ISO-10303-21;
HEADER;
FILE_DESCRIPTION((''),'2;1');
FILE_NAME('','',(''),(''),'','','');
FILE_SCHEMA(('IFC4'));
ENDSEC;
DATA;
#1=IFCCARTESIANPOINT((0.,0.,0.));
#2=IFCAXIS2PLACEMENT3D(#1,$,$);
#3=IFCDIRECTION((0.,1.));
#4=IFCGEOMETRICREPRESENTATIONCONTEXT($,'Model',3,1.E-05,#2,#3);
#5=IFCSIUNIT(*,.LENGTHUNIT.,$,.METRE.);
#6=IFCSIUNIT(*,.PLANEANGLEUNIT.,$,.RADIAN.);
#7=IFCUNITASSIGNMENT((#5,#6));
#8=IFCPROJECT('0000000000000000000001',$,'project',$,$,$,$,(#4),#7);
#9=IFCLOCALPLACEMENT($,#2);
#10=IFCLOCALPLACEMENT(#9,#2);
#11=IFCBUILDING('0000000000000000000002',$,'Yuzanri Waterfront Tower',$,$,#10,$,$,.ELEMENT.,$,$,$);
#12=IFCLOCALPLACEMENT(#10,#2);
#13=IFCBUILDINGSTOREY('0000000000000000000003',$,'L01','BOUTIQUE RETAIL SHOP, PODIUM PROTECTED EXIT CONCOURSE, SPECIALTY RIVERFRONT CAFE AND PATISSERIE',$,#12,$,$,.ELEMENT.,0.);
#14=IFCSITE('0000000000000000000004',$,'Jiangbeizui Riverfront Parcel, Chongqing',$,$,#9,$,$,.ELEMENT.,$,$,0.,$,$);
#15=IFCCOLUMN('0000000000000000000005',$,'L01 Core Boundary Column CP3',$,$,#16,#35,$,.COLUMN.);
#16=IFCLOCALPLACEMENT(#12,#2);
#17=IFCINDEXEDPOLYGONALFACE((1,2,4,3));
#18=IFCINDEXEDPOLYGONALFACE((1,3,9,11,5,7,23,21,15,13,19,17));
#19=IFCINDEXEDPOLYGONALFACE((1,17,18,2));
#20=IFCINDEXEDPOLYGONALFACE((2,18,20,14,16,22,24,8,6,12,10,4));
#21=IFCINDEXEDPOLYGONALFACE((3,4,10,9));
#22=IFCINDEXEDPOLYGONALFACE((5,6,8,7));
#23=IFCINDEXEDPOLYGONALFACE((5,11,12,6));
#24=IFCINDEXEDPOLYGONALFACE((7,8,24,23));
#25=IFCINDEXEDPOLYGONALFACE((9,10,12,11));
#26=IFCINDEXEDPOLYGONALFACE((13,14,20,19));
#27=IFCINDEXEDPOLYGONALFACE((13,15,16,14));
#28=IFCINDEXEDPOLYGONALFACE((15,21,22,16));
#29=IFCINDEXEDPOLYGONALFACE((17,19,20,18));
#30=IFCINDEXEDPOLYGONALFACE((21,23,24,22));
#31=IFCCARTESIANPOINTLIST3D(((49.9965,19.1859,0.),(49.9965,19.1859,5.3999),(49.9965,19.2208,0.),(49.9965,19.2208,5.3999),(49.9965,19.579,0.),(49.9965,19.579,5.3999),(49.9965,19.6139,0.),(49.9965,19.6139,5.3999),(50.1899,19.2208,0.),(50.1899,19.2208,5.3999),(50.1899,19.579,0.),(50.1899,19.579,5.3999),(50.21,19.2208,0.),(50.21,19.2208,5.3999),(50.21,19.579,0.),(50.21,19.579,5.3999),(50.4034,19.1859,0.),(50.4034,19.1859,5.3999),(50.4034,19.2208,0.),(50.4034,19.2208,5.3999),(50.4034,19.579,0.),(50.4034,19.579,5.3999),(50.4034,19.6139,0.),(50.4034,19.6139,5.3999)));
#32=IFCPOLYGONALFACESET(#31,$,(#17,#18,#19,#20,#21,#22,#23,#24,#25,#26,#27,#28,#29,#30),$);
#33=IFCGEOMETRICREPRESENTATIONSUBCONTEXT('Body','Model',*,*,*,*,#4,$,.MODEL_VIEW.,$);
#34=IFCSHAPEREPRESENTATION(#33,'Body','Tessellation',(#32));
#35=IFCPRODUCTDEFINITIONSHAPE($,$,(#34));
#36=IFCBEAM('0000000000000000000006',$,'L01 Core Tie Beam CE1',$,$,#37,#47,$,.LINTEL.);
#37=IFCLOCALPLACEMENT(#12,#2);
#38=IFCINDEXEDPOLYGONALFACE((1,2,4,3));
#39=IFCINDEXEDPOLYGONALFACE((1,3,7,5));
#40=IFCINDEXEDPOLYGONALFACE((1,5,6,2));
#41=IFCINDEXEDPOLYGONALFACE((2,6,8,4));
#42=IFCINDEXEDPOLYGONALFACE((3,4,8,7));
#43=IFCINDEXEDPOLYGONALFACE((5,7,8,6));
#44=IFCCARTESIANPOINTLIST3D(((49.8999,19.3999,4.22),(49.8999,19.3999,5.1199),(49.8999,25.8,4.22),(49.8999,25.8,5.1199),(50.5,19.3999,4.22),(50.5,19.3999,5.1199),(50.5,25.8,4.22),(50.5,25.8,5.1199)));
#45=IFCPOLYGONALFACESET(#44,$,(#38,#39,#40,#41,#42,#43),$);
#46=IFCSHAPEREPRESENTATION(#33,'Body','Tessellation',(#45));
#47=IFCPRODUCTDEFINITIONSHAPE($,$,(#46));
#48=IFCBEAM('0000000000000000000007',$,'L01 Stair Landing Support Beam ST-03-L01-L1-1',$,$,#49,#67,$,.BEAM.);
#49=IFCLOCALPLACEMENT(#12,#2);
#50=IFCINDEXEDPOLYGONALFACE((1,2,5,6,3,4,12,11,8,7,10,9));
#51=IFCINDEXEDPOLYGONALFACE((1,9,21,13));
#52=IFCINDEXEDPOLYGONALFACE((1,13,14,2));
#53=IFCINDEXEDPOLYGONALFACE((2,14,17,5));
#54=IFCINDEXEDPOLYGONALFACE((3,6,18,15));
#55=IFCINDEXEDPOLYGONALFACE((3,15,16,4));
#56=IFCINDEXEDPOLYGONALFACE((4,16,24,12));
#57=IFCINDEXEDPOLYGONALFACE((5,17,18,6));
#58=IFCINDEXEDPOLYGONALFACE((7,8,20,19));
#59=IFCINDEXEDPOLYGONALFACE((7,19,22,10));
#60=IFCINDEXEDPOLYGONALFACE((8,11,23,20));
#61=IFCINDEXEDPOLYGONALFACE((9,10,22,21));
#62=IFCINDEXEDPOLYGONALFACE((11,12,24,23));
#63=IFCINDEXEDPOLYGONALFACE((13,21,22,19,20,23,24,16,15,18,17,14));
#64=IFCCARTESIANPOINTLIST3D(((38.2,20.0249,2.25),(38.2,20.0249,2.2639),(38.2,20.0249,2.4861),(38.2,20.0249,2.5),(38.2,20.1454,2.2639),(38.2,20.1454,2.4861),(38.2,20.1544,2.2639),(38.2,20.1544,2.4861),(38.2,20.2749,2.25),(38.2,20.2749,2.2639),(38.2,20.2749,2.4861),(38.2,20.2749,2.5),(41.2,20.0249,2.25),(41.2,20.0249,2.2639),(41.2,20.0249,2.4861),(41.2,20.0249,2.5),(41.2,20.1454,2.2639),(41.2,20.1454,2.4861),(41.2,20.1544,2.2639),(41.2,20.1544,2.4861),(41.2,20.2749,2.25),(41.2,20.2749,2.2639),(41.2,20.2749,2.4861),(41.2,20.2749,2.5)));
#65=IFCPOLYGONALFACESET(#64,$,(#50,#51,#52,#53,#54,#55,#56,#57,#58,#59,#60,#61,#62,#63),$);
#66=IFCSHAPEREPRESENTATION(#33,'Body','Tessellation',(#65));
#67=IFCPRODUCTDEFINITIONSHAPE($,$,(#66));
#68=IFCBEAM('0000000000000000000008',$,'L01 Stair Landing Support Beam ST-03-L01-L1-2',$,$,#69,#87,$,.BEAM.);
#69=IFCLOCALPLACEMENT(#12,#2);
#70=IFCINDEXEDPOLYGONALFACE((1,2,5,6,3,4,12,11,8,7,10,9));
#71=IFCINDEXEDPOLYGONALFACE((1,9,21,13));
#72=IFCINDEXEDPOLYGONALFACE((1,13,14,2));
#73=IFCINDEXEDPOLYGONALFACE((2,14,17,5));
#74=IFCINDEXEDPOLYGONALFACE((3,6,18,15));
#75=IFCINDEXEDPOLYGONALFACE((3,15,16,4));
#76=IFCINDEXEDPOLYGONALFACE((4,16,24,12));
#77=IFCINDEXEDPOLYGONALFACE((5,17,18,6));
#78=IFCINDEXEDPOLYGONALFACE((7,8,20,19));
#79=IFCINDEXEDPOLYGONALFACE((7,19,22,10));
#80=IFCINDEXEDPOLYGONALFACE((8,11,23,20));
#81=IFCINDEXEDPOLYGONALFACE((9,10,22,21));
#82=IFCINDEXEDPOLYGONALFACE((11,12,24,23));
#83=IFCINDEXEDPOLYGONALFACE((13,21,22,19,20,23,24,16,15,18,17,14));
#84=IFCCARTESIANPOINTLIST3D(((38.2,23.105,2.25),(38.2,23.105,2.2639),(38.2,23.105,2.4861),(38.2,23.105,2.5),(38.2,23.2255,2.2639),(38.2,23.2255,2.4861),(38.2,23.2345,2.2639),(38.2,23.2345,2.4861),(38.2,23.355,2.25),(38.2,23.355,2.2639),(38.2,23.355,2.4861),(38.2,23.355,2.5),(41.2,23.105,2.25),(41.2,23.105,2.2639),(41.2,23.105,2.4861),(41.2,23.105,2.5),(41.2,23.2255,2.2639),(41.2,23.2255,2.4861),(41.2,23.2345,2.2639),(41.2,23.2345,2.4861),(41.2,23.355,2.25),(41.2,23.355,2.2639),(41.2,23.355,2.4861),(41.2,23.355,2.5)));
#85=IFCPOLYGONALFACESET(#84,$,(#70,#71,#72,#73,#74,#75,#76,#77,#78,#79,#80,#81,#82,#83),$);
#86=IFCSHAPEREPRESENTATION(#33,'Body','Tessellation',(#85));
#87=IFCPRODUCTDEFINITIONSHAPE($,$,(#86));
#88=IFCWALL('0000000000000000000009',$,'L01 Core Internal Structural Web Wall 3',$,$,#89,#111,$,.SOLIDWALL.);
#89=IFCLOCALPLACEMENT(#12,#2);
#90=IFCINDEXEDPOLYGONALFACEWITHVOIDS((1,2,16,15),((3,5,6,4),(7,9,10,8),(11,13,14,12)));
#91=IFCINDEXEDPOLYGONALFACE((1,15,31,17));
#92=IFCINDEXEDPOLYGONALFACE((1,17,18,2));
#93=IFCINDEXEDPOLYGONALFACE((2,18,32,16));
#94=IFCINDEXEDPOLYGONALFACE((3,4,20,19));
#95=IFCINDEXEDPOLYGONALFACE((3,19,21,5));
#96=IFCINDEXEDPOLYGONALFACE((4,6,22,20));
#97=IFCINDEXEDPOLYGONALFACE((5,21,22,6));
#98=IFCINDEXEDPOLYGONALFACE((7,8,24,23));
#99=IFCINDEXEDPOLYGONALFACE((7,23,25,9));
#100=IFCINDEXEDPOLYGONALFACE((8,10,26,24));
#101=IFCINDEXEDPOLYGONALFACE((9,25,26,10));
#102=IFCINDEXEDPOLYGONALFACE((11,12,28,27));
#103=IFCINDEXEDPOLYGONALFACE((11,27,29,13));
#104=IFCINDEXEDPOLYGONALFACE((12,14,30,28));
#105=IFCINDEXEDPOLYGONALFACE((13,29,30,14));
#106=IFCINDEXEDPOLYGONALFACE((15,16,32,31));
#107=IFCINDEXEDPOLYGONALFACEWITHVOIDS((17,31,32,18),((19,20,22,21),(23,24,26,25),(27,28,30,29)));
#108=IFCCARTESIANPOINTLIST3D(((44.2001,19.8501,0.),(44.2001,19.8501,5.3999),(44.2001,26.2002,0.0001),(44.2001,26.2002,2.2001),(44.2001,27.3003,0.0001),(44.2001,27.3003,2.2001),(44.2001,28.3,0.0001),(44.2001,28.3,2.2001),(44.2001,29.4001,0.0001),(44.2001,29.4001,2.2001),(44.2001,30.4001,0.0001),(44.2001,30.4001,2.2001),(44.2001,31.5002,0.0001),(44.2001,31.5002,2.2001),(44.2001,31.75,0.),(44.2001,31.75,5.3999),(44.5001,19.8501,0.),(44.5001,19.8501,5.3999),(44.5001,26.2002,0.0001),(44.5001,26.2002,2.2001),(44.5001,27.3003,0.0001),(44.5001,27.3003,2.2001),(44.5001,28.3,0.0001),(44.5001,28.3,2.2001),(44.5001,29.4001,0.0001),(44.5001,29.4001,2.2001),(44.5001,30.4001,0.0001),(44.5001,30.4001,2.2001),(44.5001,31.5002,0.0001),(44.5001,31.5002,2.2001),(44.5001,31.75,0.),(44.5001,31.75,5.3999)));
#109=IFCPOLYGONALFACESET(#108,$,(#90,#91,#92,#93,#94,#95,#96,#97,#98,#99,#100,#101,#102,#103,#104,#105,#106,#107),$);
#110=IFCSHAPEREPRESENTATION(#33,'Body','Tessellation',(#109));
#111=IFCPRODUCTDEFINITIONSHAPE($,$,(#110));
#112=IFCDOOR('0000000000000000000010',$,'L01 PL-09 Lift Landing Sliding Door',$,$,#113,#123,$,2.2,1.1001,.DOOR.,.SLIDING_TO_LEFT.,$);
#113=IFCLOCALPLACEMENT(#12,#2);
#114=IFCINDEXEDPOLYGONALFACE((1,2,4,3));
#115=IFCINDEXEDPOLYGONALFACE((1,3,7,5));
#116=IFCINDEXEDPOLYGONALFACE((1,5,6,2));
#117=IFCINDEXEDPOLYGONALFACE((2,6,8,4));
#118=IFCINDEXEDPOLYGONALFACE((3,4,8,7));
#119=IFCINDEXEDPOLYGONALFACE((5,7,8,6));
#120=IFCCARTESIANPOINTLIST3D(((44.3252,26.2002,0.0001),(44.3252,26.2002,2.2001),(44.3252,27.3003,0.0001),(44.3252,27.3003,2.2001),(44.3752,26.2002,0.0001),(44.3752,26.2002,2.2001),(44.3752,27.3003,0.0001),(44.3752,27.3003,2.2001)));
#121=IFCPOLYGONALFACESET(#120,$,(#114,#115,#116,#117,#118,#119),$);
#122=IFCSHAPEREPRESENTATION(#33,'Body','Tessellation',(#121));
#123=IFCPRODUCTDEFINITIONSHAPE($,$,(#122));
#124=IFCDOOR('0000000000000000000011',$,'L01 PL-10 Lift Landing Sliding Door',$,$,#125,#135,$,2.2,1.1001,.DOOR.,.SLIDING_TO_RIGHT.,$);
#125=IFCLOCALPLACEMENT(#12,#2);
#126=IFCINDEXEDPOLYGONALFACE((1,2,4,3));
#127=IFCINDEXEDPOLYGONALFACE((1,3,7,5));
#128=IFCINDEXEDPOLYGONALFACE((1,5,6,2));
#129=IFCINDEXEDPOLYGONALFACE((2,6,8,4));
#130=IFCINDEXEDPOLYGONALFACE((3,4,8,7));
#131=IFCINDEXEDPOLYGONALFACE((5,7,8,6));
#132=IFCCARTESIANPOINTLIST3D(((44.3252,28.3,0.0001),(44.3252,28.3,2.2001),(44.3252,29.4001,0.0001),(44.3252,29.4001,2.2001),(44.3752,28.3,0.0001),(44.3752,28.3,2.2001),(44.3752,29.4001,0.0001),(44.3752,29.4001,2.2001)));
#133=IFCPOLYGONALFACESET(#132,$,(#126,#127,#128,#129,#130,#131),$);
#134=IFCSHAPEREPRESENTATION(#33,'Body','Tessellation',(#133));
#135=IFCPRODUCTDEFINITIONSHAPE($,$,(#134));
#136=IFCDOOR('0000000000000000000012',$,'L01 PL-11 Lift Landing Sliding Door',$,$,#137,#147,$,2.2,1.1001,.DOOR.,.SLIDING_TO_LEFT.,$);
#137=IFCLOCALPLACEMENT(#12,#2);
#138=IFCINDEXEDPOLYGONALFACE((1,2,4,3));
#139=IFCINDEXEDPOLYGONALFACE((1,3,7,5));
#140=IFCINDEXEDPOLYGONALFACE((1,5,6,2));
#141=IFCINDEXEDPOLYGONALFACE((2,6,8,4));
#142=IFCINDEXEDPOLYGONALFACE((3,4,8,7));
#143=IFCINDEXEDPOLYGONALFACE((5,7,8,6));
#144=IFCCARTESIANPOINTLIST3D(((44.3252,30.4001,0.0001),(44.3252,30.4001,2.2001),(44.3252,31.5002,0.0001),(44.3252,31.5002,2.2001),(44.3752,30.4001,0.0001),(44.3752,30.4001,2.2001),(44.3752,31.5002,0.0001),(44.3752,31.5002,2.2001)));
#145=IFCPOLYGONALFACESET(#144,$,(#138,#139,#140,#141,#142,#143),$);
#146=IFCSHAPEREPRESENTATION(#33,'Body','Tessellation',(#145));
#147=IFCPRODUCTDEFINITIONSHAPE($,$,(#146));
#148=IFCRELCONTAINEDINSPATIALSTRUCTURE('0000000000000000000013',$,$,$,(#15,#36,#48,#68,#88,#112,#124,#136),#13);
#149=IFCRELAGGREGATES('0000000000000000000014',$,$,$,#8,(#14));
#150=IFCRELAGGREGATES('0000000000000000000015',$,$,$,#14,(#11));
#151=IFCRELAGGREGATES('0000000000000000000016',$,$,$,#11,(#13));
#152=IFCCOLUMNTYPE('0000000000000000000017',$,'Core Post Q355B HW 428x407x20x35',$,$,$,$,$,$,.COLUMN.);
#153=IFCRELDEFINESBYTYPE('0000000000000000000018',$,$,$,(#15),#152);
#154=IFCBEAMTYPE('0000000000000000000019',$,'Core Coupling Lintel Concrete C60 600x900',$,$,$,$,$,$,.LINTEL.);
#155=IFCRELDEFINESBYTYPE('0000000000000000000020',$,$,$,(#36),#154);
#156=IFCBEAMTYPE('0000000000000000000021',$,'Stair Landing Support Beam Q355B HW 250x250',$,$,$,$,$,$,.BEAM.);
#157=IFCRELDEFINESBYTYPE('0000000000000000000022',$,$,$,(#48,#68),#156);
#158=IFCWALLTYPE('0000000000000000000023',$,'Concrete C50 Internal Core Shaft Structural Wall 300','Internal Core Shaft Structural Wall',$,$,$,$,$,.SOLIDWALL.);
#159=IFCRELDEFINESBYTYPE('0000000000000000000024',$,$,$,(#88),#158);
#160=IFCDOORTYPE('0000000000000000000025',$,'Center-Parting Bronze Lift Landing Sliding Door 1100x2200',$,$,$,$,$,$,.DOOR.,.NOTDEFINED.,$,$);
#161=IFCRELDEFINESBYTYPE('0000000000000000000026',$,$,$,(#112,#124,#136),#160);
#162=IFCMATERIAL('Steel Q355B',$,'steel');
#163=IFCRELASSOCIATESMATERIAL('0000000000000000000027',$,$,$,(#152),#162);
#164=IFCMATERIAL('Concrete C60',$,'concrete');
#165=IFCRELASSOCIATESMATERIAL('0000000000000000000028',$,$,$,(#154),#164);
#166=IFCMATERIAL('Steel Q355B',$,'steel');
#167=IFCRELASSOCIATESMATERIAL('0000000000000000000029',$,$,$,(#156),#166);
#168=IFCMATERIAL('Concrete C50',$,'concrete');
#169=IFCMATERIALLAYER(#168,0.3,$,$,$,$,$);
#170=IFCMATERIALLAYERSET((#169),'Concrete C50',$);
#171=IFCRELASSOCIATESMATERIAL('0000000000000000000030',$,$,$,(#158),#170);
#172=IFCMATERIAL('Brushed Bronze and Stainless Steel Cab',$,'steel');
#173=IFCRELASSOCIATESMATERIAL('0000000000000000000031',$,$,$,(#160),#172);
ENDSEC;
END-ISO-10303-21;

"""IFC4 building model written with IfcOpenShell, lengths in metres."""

from ifc_helpers import new_model, si_unit, direction, frame, frame_2d, origin, origin_2d, place, context, subcontext, project, spatial, rectangle, i_section, extrude, source, transform, mapped, material, layer, layer_set, material_profile, profile_set, type_object, element, fill, save


model = new_model("IFC4")

# Units and contexts
model_context = context("Model", 3, precision=1e-05, world=origin(), true_north=direction((0.0, 1.0)))
body_context = subcontext(model_context, "Body", "Model", "MODEL_VIEW")
ifc_project = project(units=[si_unit("LENGTHUNIT", "METRE"), si_unit("PLANEANGLEUNIT", "RADIAN")], contexts=[model_context])

# Site, building, storey
site_placement = place(None, origin())
site = spatial("IfcSite", under=ifc_project, at=site_placement, Name="Jiangbeizui Riverfront Parcel, Chongqing", CompositionType="ELEMENT", RefElevation=0.0)
building_placement = place(site_placement, origin())
building = spatial("IfcBuilding", under=site, at=building_placement, Name="Yuzanri Waterfront Tower", CompositionType="ELEMENT")
storey_placement = place(building_placement, origin())
storey = spatial("IfcBuildingStorey", under=building, at=storey_placement, Name="L01", Description="BOUTIQUE RETAIL SHOP, PODIUM PROTECTED EXIT CONCOURSE, SPECIALTY RIVERFRONT CAFE AND PATISSERIE", CompositionType="ELEMENT", Elevation=0.0)

# Column
ifc_material_1 = material(Name="Steel Q355B", Category="steel")
ifc_material_profile_1 = material_profile(ifc_material_1, i_section(OverallWidth=0.407, OverallDepth=0.428, WebThickness=0.02, FlangeThickness=0.0349, at=origin_2d()), Name="HW 428x407x20x35")
ifc_profile_set_1 = profile_set([ifc_material_profile_1], Name="Steel Q355B")
column_type = type_object("IfcColumnType", Name="Core Post Q355B HW 428x407x20x35", PredefinedType="COLUMN", material=ifc_profile_set_1)
shared_shape_1 = source(origin(), body_context, "Body", "SweptSolid", [
    extrude(i_section(OverallWidth=0.407, OverallDepth=0.428, WebThickness=0.02, FlangeThickness=0.0349, at=origin_2d()), origin(), (0.0, 0.0, 1.0), 5.3999),
])
column_placement = place(storey_placement, frame((50.2, 19.3999, 0.0), z_axis=(0.0, 0.0, 1.0), x_axis=(1.0, 0.0, 0.0)))
element("IfcColumn", 1, at=column_placement, inside=storey, type_object=column_type, Name="L01 Core Boundary Column CP3", PredefinedType="COLUMN", context=body_context, shape_type="MappedRepresentation", body=[
    mapped(shared_shape_1, transform((0.0, 0.0, 0.0), scale=1.0)),
])

# Beams
ifc_material_2 = material(Name="Concrete C60", Category="concrete")
ifc_material_profile_2 = material_profile(ifc_material_2, rectangle(XDim=0.6001, YDim=0.8999, at=origin_2d()), Name="RC 600x900")
ifc_profile_set_2 = profile_set([ifc_material_profile_2], Name="Concrete C60")
beam_type_1 = type_object("IfcBeamType", Name="Core Coupling Lintel Concrete C60 600x900", PredefinedType="LINTEL", material=ifc_profile_set_2)
shared_shape_2 = source(origin(), body_context, "Body", "SweptSolid", [
    extrude(rectangle(XDim=0.6001, YDim=0.8999, at=origin_2d()), origin(), (0.0, 0.0, 1.0), 6.4001),
])
beam_placement = place(storey_placement, frame((50.2, 19.3999, 4.6699), z_axis=(0.0, 1.0, 0.0), x_axis=(-1.0, 0.0, 0.0)))
element("IfcBeam", 2, at=beam_placement, inside=storey, type_object=beam_type_1, Name="L01 Core Tie Beam CE1", PredefinedType="LINTEL", context=body_context, shape_type="MappedRepresentation", body=[
    mapped(shared_shape_2, transform((0.0, 0.0, 0.0), scale=1.0)),
])
ifc_material_3 = material(Name="Steel Q355B", Category="steel")
ifc_material_profile_3 = material_profile(ifc_material_3, i_section(OverallWidth=0.25, OverallDepth=0.25, WebThickness=0.009, FlangeThickness=0.0139, at=origin_2d()), Name="HW 250x250x9x14")
ifc_profile_set_3 = profile_set([ifc_material_profile_3], Name="Steel Q355B")
beam_type_2 = type_object("IfcBeamType", Name="Stair Landing Support Beam Q355B HW 250x250", PredefinedType="BEAM", material=ifc_profile_set_3)
shared_shape_3 = source(origin(), body_context, "Body", "SweptSolid", [
    extrude(i_section(OverallWidth=0.25, OverallDepth=0.25, WebThickness=0.009, FlangeThickness=0.0139, at=origin_2d()), origin(), (0.0, 0.0, 1.0), 3.0),
])
for number, where, z_axis, x_axis, name in (
    (3, (38.2, 20.1499, 2.375), (1.0, 0.0, 0.0), (0.0, 1.0, 0.0), "L01 Stair Landing Support Beam ST-03-L01-L1-1"),
    (4, (38.2, 23.23, 2.375), (1.0, 0.0, 0.0), (0.0, 1.0, 0.0), "L01 Stair Landing Support Beam ST-03-L01-L1-2"),
):
    element("IfcBeam", number, at=place(storey_placement, frame(where, z_axis=z_axis, x_axis=x_axis)), inside=storey, type_object=beam_type_2, Name=name, PredefinedType="BEAM", context=body_context, shape_type="MappedRepresentation", body=[
        mapped(shared_shape_3, transform((0.0, 0.0, 0.0), scale=1.0)),
    ])

# Wall, openings, doors
ifc_material_4 = material(Name="Concrete C50", Category="concrete")
ifc_layer_1 = layer(ifc_material_4, 0.3)
ifc_layer_set_1 = layer_set([ifc_layer_1], Name="Concrete C50")
wall_type_1 = type_object("IfcWallType", Name="Concrete C50 Internal Core Shaft Structural Wall 300", Description="Internal Core Shaft Structural Wall", PredefinedType="SOLIDWALL", material=ifc_layer_set_1)
wall_1_placement = place(storey_placement, frame((44.3501, 19.8501, 0.0), z_axis=(0.0, 0.0, 1.0), x_axis=(0.0, 1.0, 0.0)))
wall_1 = element("IfcWall", 5, at=wall_1_placement, inside=storey, type_object=wall_type_1, Name="L01 Core Internal Structural Web Wall 3", PredefinedType="SOLIDWALL", context=body_context, shape_type="SweptSolid", body=[
    extrude(rectangle(XDim=11.8999, YDim=0.3, at=frame_2d((5.95, 0.0))), origin(), (0.0, 0.0, 1.0), 5.3999),
])
opening_1_placement = place(wall_1_placement, frame((6.3501, 0.0, 0.0)))
opening_1 = element("IfcOpeningElement", 6, at=opening_1_placement, cuts=wall_1, PredefinedType="OPENING", context=body_context, shape_type="SweptSolid", body=[
    extrude(rectangle(XDim=1.1001, YDim=2.2, at=frame_2d((0.55, 1.1001))), frame((0.0, 0.165, 0.0), z_axis=(0.0, -1.0, 0.0), x_axis=(1.0, 0.0, 0.0)), (0.0, 0.0, 1.0), 0.3298),
])
opening_2_placement = place(wall_1_placement, frame((8.45, 0.0, 0.0)))
opening_2 = element("IfcOpeningElement", 7, at=opening_2_placement, cuts=wall_1, PredefinedType="OPENING", context=body_context, shape_type="SweptSolid", body=[
    extrude(rectangle(XDim=1.1001, YDim=2.2, at=frame_2d((0.55, 1.1001))), frame((0.0, 0.165, 0.0), z_axis=(0.0, -1.0, 0.0), x_axis=(1.0, 0.0, 0.0)), (0.0, 0.0, 1.0), 0.3298),
])
opening_3_placement = place(wall_1_placement, frame((10.55, 0.0, 0.0)))
opening_3 = element("IfcOpeningElement", 8, at=opening_3_placement, cuts=wall_1, PredefinedType="OPENING", context=body_context, shape_type="SweptSolid", body=[
    extrude(rectangle(XDim=1.1001, YDim=2.2, at=frame_2d((0.55, 1.1001))), frame((0.0, 0.165, 0.0), z_axis=(0.0, -1.0, 0.0), x_axis=(1.0, 0.0, 0.0)), (0.0, 0.0, 1.0), 0.3298),
])
ifc_material_5 = material(Name="Brushed Bronze and Stainless Steel Cab", Category="steel")
door_type_1 = type_object("IfcDoorType", Name="Center-Parting Bronze Lift Landing Sliding Door 1100x2200", OperationType="NOTDEFINED", PredefinedType="DOOR", material=ifc_material_5)
shared_shape_4 = source(origin(), body_context, "Body", "SweptSolid", [
    extrude(rectangle(XDim=1.1001, YDim=2.2, at=frame_2d((0.55, 1.1001))), frame((0.0, 0.0249, 0.0), z_axis=(0.0, -1.0, 0.0), x_axis=(1.0, 0.0, 0.0)), (0.0, 0.0, 1.0), 0.05),
])
door_1_placement = place(opening_1_placement, origin())
door_1 = element("IfcDoor", 9, at=door_1_placement, inside=storey, type_object=door_type_1, Name="L01 PL-09 Lift Landing Sliding Door", OperationType="SLIDING_TO_LEFT", OverallHeight=2.2, OverallWidth=1.1001, PredefinedType="DOOR", context=body_context, shape_type="MappedRepresentation", body=[
    mapped(shared_shape_4, transform((0.0, 0.0, 0.0), scale=1.0)),
])
fill(opening_1, door_1)
door_2_placement = place(opening_2_placement, origin())
door_2 = element("IfcDoor", 10, at=door_2_placement, inside=storey, type_object=door_type_1, Name="L01 PL-10 Lift Landing Sliding Door", OperationType="SLIDING_TO_RIGHT", OverallHeight=2.2, OverallWidth=1.1001, PredefinedType="DOOR", context=body_context, shape_type="MappedRepresentation", body=[
    mapped(shared_shape_4, transform((0.0, 0.0, 0.0), scale=1.0)),
])
fill(opening_2, door_2)
door_3_placement = place(opening_3_placement, origin())
door_3 = element("IfcDoor", 11, at=door_3_placement, inside=storey, type_object=door_type_1, Name="L01 PL-11 Lift Landing Sliding Door", OperationType="SLIDING_TO_LEFT", OverallHeight=2.2, OverallWidth=1.1001, PredefinedType="DOOR", context=body_context, shape_type="MappedRepresentation", body=[
    mapped(shared_shape_4, transform((0.0, 0.0, 0.0), scale=1.0)),
])
fill(opening_3, door_3)

save(model, "model.ifc")
